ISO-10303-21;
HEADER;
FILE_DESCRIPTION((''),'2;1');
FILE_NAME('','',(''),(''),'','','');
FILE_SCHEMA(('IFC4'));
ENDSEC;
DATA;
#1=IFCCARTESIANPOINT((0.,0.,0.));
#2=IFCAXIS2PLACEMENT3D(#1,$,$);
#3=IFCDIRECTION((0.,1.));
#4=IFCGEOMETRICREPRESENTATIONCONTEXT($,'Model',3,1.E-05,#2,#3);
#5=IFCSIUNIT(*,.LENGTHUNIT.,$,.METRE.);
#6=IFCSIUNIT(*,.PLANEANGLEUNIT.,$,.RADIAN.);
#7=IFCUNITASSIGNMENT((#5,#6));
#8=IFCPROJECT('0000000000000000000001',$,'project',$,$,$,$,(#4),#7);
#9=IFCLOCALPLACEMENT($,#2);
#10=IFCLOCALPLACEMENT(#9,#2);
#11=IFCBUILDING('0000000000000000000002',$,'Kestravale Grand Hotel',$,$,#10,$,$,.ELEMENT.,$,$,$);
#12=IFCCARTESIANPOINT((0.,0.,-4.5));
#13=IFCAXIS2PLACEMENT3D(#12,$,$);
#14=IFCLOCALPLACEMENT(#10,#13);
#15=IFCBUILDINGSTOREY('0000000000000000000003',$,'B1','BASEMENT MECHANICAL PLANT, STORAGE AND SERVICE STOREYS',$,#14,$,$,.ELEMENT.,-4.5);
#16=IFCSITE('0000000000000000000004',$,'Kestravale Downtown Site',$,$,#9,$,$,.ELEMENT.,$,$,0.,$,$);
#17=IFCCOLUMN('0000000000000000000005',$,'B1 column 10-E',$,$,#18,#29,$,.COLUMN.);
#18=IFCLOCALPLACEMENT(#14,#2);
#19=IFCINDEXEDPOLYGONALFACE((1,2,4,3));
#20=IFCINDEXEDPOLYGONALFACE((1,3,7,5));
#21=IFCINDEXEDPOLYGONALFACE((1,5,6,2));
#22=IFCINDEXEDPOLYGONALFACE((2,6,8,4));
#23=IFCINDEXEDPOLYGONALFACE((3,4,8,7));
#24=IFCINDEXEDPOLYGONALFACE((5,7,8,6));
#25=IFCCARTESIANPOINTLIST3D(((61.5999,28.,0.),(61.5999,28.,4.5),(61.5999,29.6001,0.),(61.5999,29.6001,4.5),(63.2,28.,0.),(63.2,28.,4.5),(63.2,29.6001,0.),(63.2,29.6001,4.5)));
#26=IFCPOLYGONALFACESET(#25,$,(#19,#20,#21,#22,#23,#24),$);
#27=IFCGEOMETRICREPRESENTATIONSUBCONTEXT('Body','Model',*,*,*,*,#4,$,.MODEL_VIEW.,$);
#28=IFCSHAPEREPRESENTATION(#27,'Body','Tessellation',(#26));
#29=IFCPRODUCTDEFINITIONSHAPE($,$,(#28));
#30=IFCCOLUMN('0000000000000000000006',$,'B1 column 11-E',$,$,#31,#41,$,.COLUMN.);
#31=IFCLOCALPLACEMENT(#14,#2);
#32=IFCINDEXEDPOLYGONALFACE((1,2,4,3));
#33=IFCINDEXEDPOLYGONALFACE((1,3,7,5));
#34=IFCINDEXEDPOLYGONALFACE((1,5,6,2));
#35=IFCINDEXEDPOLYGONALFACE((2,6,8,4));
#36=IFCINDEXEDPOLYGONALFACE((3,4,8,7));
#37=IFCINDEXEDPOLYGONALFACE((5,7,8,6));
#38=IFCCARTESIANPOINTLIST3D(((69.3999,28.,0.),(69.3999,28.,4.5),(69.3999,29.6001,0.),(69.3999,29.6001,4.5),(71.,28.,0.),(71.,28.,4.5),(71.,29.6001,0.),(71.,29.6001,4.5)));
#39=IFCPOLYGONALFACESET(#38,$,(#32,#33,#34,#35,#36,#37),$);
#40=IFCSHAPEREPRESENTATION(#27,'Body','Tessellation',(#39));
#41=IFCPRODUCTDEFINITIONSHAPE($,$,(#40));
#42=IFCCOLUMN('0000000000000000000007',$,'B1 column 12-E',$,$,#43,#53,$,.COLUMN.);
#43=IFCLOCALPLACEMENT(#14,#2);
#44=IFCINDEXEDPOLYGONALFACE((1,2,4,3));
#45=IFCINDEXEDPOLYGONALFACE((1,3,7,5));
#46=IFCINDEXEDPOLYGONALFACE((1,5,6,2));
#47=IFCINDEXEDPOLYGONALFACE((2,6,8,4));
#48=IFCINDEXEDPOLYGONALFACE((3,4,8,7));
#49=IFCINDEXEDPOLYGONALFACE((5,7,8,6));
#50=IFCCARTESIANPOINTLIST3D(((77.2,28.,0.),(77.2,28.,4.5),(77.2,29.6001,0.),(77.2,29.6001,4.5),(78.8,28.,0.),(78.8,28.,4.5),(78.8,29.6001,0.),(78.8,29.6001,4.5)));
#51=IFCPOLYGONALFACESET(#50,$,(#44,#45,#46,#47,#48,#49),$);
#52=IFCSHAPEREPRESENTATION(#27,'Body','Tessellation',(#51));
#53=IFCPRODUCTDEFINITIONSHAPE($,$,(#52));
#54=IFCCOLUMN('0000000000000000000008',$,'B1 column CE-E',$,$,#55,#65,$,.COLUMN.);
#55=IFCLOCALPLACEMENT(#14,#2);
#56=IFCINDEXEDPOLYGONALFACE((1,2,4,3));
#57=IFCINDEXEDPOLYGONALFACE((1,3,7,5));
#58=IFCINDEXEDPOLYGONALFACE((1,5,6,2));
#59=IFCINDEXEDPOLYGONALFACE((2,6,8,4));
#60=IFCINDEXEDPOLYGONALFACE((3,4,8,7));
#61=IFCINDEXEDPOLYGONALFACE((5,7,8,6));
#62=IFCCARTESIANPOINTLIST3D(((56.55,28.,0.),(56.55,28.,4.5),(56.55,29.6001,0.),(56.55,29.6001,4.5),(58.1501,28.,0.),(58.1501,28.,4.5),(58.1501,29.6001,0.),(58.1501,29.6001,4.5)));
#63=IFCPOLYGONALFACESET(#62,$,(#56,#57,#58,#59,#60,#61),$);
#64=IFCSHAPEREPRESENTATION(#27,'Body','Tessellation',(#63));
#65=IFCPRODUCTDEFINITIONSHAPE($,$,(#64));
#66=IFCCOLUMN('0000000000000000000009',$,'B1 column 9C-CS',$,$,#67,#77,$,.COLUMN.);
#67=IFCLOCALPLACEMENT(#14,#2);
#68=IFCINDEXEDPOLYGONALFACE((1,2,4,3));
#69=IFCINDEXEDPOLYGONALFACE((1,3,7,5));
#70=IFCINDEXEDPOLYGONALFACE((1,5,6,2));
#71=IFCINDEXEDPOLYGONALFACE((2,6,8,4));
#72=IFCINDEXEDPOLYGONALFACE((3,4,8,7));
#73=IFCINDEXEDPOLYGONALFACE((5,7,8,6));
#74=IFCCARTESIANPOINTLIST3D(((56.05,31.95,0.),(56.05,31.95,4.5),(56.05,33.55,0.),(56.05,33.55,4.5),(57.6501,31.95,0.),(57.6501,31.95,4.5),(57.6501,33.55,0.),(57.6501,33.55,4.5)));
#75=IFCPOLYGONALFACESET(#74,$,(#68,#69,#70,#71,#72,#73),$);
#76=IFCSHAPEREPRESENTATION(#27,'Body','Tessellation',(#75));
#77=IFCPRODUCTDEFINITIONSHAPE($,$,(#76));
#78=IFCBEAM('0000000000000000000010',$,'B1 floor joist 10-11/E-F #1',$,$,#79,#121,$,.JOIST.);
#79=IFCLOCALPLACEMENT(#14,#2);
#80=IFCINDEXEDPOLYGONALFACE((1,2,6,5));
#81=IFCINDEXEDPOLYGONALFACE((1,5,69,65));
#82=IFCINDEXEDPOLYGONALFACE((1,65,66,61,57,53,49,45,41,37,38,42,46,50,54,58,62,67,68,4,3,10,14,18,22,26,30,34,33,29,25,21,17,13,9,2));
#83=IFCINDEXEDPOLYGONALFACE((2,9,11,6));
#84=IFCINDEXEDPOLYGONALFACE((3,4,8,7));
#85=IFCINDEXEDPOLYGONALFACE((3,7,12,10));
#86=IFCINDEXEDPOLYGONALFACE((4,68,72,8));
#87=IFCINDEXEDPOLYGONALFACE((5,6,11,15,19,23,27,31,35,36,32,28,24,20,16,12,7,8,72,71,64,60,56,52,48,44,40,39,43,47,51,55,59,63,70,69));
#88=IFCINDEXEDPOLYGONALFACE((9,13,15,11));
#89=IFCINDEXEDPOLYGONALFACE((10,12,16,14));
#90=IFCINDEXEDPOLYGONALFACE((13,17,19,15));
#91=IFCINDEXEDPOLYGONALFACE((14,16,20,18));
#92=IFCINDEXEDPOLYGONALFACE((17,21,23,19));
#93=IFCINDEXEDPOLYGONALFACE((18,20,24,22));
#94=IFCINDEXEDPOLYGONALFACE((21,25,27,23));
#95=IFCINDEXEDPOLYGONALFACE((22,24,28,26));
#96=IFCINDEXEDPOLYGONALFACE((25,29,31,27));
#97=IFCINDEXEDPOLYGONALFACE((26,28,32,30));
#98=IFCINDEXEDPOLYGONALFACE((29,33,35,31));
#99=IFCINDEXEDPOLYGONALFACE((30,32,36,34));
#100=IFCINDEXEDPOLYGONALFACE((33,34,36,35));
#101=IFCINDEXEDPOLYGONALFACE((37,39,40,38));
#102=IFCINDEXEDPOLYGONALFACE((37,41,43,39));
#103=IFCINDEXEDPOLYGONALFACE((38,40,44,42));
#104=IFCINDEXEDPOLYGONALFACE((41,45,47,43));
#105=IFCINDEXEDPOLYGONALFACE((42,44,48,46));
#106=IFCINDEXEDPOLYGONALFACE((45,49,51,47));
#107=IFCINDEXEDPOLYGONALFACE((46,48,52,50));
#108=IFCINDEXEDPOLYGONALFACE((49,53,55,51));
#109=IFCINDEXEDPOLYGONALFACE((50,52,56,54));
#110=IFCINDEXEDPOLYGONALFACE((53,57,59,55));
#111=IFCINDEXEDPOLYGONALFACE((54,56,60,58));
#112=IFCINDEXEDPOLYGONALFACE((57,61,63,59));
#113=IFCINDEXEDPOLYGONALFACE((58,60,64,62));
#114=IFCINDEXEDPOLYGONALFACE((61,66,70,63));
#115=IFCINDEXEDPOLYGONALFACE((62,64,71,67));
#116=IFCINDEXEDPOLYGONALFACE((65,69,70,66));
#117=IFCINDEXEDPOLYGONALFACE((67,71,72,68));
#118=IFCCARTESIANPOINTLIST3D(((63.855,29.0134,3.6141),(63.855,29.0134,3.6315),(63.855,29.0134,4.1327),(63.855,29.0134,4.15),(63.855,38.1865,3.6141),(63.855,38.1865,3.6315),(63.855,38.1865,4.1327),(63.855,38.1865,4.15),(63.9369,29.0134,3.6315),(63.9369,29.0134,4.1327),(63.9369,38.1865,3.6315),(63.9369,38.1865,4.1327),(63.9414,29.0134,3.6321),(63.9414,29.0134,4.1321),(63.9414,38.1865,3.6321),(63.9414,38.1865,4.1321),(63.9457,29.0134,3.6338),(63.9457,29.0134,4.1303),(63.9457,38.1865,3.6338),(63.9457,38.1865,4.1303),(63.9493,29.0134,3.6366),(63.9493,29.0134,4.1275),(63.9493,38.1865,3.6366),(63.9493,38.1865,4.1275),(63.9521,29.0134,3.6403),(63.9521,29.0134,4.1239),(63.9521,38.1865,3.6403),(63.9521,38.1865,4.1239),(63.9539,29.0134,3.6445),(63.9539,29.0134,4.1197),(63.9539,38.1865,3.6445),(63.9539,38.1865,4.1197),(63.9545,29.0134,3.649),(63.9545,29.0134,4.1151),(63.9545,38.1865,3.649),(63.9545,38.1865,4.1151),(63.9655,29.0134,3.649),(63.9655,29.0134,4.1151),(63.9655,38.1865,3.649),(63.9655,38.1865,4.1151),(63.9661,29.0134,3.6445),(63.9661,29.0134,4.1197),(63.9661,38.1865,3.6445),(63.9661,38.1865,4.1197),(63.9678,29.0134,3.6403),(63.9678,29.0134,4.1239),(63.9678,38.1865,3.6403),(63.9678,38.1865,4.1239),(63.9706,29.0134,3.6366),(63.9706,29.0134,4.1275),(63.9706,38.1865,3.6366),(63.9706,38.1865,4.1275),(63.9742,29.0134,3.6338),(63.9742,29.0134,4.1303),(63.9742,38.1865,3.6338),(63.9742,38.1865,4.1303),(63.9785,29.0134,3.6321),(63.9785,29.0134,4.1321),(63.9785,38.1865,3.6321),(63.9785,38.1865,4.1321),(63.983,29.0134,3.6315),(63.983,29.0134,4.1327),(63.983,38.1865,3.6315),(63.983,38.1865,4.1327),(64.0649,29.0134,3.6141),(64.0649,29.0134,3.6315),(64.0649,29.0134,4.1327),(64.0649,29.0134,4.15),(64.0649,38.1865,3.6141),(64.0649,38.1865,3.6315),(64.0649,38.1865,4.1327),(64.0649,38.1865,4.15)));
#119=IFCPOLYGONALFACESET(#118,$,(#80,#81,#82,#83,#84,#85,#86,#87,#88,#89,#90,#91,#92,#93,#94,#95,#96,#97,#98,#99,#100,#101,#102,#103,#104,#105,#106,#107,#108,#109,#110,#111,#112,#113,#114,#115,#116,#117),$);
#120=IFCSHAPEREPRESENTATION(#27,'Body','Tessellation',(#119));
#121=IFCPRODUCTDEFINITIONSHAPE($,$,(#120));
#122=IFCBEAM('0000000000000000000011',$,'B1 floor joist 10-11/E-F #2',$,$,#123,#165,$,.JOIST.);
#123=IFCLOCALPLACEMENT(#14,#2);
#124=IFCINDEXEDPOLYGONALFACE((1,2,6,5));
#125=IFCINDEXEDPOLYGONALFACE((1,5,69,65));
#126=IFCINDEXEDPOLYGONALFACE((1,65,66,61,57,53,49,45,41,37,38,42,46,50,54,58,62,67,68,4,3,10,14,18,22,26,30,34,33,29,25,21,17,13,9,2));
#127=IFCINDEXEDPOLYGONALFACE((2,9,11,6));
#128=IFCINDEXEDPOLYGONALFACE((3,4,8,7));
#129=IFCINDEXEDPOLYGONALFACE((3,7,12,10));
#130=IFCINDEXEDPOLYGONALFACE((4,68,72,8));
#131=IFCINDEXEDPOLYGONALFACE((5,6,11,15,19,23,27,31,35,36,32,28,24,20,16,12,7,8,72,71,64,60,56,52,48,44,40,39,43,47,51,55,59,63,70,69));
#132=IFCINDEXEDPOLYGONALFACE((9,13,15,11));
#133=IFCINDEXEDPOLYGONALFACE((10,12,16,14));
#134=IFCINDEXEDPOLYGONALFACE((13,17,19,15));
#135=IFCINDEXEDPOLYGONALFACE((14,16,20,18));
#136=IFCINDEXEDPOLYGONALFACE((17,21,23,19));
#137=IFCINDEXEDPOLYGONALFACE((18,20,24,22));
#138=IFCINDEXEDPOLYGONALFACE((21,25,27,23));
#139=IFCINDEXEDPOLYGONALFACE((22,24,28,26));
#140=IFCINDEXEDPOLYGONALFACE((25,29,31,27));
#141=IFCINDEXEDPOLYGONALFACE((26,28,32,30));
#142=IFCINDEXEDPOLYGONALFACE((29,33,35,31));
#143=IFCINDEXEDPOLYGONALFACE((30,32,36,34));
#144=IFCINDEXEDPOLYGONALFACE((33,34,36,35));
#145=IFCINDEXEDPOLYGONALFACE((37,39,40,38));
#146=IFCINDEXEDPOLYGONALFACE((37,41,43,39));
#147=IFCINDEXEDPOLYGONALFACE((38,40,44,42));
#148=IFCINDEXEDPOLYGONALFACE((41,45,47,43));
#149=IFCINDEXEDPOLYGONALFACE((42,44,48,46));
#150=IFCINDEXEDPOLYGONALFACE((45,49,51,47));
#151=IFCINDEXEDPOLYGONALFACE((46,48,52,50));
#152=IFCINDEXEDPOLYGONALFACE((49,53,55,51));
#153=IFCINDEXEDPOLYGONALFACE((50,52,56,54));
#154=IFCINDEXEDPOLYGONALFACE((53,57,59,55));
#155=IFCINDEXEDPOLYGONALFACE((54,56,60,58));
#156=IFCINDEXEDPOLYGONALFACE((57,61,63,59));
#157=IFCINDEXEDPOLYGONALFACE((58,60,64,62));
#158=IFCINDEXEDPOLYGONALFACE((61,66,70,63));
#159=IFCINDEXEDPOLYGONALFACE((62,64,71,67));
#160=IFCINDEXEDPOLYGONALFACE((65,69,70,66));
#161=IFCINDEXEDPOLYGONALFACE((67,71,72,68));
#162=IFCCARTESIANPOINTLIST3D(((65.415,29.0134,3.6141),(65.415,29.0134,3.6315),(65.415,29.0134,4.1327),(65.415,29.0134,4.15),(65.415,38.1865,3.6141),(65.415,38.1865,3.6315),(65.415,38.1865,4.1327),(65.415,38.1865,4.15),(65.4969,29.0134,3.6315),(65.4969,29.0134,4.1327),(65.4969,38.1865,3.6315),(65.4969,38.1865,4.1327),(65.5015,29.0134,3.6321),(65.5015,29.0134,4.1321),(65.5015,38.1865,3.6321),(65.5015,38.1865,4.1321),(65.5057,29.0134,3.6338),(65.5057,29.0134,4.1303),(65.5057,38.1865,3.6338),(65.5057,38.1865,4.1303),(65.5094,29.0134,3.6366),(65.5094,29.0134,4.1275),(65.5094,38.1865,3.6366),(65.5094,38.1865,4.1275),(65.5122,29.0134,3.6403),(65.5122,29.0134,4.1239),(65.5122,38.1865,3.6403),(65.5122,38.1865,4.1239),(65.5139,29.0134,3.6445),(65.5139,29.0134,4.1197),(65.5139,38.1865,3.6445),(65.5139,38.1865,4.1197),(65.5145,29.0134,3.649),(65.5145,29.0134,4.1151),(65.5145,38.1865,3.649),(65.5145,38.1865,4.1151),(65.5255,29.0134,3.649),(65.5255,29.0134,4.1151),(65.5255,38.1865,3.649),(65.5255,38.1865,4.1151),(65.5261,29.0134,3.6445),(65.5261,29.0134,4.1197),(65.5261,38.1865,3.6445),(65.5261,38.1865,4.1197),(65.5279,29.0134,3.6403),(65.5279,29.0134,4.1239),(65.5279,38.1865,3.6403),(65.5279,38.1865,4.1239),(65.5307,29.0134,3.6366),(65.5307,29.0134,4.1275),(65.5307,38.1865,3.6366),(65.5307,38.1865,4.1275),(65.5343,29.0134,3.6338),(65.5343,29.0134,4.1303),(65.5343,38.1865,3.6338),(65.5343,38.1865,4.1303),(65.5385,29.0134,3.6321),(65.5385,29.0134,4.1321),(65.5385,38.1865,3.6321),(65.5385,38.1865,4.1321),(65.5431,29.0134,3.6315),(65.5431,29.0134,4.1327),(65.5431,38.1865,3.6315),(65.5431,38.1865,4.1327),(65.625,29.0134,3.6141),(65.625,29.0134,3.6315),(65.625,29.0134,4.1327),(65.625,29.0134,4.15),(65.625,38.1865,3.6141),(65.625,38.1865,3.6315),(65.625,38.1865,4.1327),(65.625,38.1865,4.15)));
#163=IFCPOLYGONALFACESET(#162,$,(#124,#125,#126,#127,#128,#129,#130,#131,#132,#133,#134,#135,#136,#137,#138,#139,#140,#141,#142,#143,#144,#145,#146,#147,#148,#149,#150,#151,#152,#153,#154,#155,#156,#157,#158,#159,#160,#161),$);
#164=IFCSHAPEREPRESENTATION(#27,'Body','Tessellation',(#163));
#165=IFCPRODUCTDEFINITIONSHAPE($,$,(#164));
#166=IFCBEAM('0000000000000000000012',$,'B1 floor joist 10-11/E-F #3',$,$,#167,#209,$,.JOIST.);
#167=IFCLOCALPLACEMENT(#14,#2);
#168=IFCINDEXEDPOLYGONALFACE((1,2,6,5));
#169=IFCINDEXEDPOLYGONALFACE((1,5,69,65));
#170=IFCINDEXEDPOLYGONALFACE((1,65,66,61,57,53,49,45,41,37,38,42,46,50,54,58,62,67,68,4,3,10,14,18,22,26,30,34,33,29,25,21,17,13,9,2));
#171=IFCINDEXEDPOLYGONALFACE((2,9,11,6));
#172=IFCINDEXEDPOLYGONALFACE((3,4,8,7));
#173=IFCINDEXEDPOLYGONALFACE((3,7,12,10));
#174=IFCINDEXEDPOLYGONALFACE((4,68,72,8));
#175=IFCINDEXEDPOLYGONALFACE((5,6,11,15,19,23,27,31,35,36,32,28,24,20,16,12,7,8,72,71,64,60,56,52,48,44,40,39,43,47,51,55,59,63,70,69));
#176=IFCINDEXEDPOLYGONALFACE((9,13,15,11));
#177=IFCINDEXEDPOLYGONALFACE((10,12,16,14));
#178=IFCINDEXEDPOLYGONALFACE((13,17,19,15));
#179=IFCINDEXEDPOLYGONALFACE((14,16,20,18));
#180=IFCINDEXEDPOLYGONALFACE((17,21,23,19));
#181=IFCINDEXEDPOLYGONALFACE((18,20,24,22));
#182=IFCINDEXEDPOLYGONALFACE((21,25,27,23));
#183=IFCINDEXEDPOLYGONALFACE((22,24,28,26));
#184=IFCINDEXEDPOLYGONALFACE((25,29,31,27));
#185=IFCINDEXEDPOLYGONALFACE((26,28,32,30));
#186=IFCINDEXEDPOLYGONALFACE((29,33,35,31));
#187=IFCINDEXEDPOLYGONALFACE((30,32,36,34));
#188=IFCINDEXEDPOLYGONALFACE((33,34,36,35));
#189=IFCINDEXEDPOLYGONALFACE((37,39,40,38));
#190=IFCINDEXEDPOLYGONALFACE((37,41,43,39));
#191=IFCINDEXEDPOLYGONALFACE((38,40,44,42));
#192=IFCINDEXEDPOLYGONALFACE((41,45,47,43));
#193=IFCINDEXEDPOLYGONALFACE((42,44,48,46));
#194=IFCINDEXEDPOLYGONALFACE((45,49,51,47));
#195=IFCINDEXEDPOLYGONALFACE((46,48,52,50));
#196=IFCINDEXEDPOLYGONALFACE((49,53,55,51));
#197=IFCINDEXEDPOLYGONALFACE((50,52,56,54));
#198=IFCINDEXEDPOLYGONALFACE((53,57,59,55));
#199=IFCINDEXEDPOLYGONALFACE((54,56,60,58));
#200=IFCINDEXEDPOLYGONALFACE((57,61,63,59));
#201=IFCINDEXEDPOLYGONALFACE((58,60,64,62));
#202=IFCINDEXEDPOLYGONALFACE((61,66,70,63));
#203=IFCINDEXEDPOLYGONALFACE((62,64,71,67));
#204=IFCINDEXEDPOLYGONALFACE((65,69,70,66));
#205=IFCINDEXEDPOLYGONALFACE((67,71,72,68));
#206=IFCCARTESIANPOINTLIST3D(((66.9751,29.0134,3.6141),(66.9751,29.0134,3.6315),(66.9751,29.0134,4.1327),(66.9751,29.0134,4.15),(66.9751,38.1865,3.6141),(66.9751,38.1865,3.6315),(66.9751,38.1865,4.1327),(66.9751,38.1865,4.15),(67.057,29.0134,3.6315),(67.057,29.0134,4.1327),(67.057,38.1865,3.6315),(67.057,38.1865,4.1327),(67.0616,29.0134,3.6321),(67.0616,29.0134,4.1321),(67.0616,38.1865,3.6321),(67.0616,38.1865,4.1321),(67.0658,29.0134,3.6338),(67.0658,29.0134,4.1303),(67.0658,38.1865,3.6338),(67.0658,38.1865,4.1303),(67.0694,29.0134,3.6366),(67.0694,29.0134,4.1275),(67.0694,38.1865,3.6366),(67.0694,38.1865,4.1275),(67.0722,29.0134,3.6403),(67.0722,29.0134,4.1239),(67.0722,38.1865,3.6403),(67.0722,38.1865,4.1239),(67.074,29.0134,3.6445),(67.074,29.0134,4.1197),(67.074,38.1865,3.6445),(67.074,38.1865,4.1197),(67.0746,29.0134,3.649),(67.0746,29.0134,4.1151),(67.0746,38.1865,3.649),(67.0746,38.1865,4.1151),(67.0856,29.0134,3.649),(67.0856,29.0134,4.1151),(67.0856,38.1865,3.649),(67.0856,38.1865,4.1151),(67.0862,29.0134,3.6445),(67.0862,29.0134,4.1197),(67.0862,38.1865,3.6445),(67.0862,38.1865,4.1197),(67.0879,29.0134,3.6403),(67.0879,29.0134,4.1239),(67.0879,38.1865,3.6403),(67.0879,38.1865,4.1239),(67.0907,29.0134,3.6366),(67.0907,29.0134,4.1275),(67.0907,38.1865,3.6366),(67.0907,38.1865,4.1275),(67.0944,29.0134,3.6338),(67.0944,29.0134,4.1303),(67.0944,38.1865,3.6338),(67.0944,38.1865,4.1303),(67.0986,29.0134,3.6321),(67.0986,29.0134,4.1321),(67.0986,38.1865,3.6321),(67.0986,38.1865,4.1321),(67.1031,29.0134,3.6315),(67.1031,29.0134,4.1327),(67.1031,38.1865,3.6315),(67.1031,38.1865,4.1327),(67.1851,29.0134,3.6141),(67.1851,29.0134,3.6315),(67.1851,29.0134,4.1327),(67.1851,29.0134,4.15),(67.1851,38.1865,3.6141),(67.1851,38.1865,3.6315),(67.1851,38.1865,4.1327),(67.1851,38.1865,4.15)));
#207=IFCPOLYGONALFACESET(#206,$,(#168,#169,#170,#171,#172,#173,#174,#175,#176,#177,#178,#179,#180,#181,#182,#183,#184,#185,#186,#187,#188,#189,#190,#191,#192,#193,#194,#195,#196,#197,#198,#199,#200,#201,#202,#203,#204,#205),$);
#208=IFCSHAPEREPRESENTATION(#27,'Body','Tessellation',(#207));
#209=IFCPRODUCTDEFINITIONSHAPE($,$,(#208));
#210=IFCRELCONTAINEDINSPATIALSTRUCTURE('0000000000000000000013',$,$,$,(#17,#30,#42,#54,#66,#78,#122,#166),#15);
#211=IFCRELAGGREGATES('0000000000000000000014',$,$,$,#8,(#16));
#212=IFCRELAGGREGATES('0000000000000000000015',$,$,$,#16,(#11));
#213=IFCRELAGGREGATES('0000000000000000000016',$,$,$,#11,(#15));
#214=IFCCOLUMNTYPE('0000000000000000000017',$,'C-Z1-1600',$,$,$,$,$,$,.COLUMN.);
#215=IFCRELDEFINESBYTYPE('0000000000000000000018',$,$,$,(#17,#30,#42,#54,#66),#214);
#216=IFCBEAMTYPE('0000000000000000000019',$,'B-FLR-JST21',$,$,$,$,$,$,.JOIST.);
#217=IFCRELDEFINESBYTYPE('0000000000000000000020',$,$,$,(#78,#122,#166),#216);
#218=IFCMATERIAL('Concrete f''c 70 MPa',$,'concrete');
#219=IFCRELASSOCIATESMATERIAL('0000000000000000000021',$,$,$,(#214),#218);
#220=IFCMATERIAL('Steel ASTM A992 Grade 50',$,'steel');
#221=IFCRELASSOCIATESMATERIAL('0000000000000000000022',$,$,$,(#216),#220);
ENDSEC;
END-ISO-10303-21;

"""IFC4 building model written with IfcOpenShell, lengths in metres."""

from ifc_helpers import new_model, si_unit, direction, frame, origin, origin_2d, place, context, subcontext, project, spatial, rectangle, i_section, extrude, material, material_profile, profile_set, type_object, element, save


model = new_model("IFC4")

# Units and contexts
model_context = context("Model", 3, precision=1e-05, world=origin(), true_north=direction((0.0, 1.0)))
body_context = subcontext(model_context, "Body", "Model", "MODEL_VIEW")
ifc_project = project(units=[si_unit("LENGTHUNIT", "METRE"), si_unit("PLANEANGLEUNIT", "RADIAN")], contexts=[model_context])

# Site, building, storey
site_placement = place(None, origin())
site = spatial("IfcSite", under=ifc_project, at=site_placement, Name="Kestravale Downtown Site", CompositionType="ELEMENT", RefElevation=0.0)
building_placement = place(site_placement, origin())
building = spatial("IfcBuilding", under=site, at=building_placement, Name="Kestravale Grand Hotel", CompositionType="ELEMENT")
storey_placement = place(building_placement, frame((0.0, 0.0, -4.5)))
storey = spatial("IfcBuildingStorey", under=building, at=storey_placement, Name="B1", Description="BASEMENT MECHANICAL PLANT, STORAGE AND SERVICE STOREYS", CompositionType="ELEMENT", Elevation=-4.5)

# Columns
ifc_material_1 = material(Name="Concrete f'c 70 MPa", Category="concrete")
ifc_material_profile_1 = material_profile(ifc_material_1, rectangle(XDim=1.6001, YDim=1.6001, at=origin_2d()))
ifc_profile_set_1 = profile_set([ifc_material_profile_1], Name="Concrete f'c 70 MPa")
column_type = type_object("IfcColumnType", Name="C-Z1-1600", PredefinedType="COLUMN", material=ifc_profile_set_1)
for number, where, z_axis, x_axis, name in (
    (1, (62.3999, 28.8, 0.0), (0.0, 0.0, 1.0), (1.0, 0.0, 0.0), "B1 column 10-E"),
    (2, (70.2, 28.8, 0.0), (0.0, 0.0, 1.0), (1.0, 0.0, 0.0), "B1 column 11-E"),
    (3, (78.0, 28.8, 0.0), (0.0, 0.0, 1.0), (1.0, 0.0, 0.0), "B1 column 12-E"),
    (4, (57.3501, 28.8, 0.0), (0.0, 0.0, 1.0), (1.0, 0.0, 0.0), "B1 column CE-E"),
    (5, (56.8501, 32.75, 0.0), (0.0, 0.0, 1.0), (1.0, 0.0, 0.0), "B1 column 9C-CS"),
):
    element("IfcColumn", number, at=place(storey_placement, frame(where, z_axis=z_axis, x_axis=x_axis)), inside=storey, type_object=column_type, Name=name, PredefinedType="COLUMN", context=body_context, shape_type="SweptSolid", body=[
        extrude(rectangle(XDim=1.6001, YDim=1.6001, at=origin_2d()), origin(), (0.0, 0.0, 1.0), 4.5),
    ])

# Beams
ifc_material_2 = material(Name="Steel ASTM A992 Grade 50", Category="steel")
ifc_material_profile_2 = material_profile(ifc_material_2, i_section(OverallWidth=0.21, OverallDepth=0.5359, WebThickness=0.011, FlangeThickness=0.0173, FilletRadius=0.0176, at=origin_2d()))
ifc_profile_set_2 = profile_set([ifc_material_profile_2], Name="Steel ASTM A992 Grade 50")
beam_type_1 = type_object("IfcBeamType", Name="B-FLR-JST21", PredefinedType="JOIST", material=ifc_profile_set_2)
for number, where, z_axis, x_axis, name in (
    (6, (63.96, 29.0134, 3.8821), (0.0, 1.0, 0.0), (-1.0, 0.0, 0.0), "B1 floor joist 10-11/E-F #1"),
    (7, (65.52, 29.0134, 3.8821), (0.0, 1.0, 0.0), (-1.0, 0.0, 0.0), "B1 floor joist 10-11/E-F #2"),
    (8, (67.0801, 29.0134, 3.8821), (0.0, 1.0, 0.0), (-1.0, 0.0, 0.0), "B1 floor joist 10-11/E-F #3"),
):
    element("IfcBeam", number, at=place(storey_placement, frame(where, z_axis=z_axis, x_axis=x_axis)), inside=storey, type_object=beam_type_1, Name=name, PredefinedType="JOIST", context=body_context, shape_type="SweptSolid", body=[
        extrude(i_section(OverallWidth=0.21, OverallDepth=0.5359, WebThickness=0.011, FlangeThickness=0.0173, FilletRadius=0.0176, at=origin_2d()), origin(), (0.0, 0.0, 1.0), 9.1731),
    ])

save(model, "model.ifc")
